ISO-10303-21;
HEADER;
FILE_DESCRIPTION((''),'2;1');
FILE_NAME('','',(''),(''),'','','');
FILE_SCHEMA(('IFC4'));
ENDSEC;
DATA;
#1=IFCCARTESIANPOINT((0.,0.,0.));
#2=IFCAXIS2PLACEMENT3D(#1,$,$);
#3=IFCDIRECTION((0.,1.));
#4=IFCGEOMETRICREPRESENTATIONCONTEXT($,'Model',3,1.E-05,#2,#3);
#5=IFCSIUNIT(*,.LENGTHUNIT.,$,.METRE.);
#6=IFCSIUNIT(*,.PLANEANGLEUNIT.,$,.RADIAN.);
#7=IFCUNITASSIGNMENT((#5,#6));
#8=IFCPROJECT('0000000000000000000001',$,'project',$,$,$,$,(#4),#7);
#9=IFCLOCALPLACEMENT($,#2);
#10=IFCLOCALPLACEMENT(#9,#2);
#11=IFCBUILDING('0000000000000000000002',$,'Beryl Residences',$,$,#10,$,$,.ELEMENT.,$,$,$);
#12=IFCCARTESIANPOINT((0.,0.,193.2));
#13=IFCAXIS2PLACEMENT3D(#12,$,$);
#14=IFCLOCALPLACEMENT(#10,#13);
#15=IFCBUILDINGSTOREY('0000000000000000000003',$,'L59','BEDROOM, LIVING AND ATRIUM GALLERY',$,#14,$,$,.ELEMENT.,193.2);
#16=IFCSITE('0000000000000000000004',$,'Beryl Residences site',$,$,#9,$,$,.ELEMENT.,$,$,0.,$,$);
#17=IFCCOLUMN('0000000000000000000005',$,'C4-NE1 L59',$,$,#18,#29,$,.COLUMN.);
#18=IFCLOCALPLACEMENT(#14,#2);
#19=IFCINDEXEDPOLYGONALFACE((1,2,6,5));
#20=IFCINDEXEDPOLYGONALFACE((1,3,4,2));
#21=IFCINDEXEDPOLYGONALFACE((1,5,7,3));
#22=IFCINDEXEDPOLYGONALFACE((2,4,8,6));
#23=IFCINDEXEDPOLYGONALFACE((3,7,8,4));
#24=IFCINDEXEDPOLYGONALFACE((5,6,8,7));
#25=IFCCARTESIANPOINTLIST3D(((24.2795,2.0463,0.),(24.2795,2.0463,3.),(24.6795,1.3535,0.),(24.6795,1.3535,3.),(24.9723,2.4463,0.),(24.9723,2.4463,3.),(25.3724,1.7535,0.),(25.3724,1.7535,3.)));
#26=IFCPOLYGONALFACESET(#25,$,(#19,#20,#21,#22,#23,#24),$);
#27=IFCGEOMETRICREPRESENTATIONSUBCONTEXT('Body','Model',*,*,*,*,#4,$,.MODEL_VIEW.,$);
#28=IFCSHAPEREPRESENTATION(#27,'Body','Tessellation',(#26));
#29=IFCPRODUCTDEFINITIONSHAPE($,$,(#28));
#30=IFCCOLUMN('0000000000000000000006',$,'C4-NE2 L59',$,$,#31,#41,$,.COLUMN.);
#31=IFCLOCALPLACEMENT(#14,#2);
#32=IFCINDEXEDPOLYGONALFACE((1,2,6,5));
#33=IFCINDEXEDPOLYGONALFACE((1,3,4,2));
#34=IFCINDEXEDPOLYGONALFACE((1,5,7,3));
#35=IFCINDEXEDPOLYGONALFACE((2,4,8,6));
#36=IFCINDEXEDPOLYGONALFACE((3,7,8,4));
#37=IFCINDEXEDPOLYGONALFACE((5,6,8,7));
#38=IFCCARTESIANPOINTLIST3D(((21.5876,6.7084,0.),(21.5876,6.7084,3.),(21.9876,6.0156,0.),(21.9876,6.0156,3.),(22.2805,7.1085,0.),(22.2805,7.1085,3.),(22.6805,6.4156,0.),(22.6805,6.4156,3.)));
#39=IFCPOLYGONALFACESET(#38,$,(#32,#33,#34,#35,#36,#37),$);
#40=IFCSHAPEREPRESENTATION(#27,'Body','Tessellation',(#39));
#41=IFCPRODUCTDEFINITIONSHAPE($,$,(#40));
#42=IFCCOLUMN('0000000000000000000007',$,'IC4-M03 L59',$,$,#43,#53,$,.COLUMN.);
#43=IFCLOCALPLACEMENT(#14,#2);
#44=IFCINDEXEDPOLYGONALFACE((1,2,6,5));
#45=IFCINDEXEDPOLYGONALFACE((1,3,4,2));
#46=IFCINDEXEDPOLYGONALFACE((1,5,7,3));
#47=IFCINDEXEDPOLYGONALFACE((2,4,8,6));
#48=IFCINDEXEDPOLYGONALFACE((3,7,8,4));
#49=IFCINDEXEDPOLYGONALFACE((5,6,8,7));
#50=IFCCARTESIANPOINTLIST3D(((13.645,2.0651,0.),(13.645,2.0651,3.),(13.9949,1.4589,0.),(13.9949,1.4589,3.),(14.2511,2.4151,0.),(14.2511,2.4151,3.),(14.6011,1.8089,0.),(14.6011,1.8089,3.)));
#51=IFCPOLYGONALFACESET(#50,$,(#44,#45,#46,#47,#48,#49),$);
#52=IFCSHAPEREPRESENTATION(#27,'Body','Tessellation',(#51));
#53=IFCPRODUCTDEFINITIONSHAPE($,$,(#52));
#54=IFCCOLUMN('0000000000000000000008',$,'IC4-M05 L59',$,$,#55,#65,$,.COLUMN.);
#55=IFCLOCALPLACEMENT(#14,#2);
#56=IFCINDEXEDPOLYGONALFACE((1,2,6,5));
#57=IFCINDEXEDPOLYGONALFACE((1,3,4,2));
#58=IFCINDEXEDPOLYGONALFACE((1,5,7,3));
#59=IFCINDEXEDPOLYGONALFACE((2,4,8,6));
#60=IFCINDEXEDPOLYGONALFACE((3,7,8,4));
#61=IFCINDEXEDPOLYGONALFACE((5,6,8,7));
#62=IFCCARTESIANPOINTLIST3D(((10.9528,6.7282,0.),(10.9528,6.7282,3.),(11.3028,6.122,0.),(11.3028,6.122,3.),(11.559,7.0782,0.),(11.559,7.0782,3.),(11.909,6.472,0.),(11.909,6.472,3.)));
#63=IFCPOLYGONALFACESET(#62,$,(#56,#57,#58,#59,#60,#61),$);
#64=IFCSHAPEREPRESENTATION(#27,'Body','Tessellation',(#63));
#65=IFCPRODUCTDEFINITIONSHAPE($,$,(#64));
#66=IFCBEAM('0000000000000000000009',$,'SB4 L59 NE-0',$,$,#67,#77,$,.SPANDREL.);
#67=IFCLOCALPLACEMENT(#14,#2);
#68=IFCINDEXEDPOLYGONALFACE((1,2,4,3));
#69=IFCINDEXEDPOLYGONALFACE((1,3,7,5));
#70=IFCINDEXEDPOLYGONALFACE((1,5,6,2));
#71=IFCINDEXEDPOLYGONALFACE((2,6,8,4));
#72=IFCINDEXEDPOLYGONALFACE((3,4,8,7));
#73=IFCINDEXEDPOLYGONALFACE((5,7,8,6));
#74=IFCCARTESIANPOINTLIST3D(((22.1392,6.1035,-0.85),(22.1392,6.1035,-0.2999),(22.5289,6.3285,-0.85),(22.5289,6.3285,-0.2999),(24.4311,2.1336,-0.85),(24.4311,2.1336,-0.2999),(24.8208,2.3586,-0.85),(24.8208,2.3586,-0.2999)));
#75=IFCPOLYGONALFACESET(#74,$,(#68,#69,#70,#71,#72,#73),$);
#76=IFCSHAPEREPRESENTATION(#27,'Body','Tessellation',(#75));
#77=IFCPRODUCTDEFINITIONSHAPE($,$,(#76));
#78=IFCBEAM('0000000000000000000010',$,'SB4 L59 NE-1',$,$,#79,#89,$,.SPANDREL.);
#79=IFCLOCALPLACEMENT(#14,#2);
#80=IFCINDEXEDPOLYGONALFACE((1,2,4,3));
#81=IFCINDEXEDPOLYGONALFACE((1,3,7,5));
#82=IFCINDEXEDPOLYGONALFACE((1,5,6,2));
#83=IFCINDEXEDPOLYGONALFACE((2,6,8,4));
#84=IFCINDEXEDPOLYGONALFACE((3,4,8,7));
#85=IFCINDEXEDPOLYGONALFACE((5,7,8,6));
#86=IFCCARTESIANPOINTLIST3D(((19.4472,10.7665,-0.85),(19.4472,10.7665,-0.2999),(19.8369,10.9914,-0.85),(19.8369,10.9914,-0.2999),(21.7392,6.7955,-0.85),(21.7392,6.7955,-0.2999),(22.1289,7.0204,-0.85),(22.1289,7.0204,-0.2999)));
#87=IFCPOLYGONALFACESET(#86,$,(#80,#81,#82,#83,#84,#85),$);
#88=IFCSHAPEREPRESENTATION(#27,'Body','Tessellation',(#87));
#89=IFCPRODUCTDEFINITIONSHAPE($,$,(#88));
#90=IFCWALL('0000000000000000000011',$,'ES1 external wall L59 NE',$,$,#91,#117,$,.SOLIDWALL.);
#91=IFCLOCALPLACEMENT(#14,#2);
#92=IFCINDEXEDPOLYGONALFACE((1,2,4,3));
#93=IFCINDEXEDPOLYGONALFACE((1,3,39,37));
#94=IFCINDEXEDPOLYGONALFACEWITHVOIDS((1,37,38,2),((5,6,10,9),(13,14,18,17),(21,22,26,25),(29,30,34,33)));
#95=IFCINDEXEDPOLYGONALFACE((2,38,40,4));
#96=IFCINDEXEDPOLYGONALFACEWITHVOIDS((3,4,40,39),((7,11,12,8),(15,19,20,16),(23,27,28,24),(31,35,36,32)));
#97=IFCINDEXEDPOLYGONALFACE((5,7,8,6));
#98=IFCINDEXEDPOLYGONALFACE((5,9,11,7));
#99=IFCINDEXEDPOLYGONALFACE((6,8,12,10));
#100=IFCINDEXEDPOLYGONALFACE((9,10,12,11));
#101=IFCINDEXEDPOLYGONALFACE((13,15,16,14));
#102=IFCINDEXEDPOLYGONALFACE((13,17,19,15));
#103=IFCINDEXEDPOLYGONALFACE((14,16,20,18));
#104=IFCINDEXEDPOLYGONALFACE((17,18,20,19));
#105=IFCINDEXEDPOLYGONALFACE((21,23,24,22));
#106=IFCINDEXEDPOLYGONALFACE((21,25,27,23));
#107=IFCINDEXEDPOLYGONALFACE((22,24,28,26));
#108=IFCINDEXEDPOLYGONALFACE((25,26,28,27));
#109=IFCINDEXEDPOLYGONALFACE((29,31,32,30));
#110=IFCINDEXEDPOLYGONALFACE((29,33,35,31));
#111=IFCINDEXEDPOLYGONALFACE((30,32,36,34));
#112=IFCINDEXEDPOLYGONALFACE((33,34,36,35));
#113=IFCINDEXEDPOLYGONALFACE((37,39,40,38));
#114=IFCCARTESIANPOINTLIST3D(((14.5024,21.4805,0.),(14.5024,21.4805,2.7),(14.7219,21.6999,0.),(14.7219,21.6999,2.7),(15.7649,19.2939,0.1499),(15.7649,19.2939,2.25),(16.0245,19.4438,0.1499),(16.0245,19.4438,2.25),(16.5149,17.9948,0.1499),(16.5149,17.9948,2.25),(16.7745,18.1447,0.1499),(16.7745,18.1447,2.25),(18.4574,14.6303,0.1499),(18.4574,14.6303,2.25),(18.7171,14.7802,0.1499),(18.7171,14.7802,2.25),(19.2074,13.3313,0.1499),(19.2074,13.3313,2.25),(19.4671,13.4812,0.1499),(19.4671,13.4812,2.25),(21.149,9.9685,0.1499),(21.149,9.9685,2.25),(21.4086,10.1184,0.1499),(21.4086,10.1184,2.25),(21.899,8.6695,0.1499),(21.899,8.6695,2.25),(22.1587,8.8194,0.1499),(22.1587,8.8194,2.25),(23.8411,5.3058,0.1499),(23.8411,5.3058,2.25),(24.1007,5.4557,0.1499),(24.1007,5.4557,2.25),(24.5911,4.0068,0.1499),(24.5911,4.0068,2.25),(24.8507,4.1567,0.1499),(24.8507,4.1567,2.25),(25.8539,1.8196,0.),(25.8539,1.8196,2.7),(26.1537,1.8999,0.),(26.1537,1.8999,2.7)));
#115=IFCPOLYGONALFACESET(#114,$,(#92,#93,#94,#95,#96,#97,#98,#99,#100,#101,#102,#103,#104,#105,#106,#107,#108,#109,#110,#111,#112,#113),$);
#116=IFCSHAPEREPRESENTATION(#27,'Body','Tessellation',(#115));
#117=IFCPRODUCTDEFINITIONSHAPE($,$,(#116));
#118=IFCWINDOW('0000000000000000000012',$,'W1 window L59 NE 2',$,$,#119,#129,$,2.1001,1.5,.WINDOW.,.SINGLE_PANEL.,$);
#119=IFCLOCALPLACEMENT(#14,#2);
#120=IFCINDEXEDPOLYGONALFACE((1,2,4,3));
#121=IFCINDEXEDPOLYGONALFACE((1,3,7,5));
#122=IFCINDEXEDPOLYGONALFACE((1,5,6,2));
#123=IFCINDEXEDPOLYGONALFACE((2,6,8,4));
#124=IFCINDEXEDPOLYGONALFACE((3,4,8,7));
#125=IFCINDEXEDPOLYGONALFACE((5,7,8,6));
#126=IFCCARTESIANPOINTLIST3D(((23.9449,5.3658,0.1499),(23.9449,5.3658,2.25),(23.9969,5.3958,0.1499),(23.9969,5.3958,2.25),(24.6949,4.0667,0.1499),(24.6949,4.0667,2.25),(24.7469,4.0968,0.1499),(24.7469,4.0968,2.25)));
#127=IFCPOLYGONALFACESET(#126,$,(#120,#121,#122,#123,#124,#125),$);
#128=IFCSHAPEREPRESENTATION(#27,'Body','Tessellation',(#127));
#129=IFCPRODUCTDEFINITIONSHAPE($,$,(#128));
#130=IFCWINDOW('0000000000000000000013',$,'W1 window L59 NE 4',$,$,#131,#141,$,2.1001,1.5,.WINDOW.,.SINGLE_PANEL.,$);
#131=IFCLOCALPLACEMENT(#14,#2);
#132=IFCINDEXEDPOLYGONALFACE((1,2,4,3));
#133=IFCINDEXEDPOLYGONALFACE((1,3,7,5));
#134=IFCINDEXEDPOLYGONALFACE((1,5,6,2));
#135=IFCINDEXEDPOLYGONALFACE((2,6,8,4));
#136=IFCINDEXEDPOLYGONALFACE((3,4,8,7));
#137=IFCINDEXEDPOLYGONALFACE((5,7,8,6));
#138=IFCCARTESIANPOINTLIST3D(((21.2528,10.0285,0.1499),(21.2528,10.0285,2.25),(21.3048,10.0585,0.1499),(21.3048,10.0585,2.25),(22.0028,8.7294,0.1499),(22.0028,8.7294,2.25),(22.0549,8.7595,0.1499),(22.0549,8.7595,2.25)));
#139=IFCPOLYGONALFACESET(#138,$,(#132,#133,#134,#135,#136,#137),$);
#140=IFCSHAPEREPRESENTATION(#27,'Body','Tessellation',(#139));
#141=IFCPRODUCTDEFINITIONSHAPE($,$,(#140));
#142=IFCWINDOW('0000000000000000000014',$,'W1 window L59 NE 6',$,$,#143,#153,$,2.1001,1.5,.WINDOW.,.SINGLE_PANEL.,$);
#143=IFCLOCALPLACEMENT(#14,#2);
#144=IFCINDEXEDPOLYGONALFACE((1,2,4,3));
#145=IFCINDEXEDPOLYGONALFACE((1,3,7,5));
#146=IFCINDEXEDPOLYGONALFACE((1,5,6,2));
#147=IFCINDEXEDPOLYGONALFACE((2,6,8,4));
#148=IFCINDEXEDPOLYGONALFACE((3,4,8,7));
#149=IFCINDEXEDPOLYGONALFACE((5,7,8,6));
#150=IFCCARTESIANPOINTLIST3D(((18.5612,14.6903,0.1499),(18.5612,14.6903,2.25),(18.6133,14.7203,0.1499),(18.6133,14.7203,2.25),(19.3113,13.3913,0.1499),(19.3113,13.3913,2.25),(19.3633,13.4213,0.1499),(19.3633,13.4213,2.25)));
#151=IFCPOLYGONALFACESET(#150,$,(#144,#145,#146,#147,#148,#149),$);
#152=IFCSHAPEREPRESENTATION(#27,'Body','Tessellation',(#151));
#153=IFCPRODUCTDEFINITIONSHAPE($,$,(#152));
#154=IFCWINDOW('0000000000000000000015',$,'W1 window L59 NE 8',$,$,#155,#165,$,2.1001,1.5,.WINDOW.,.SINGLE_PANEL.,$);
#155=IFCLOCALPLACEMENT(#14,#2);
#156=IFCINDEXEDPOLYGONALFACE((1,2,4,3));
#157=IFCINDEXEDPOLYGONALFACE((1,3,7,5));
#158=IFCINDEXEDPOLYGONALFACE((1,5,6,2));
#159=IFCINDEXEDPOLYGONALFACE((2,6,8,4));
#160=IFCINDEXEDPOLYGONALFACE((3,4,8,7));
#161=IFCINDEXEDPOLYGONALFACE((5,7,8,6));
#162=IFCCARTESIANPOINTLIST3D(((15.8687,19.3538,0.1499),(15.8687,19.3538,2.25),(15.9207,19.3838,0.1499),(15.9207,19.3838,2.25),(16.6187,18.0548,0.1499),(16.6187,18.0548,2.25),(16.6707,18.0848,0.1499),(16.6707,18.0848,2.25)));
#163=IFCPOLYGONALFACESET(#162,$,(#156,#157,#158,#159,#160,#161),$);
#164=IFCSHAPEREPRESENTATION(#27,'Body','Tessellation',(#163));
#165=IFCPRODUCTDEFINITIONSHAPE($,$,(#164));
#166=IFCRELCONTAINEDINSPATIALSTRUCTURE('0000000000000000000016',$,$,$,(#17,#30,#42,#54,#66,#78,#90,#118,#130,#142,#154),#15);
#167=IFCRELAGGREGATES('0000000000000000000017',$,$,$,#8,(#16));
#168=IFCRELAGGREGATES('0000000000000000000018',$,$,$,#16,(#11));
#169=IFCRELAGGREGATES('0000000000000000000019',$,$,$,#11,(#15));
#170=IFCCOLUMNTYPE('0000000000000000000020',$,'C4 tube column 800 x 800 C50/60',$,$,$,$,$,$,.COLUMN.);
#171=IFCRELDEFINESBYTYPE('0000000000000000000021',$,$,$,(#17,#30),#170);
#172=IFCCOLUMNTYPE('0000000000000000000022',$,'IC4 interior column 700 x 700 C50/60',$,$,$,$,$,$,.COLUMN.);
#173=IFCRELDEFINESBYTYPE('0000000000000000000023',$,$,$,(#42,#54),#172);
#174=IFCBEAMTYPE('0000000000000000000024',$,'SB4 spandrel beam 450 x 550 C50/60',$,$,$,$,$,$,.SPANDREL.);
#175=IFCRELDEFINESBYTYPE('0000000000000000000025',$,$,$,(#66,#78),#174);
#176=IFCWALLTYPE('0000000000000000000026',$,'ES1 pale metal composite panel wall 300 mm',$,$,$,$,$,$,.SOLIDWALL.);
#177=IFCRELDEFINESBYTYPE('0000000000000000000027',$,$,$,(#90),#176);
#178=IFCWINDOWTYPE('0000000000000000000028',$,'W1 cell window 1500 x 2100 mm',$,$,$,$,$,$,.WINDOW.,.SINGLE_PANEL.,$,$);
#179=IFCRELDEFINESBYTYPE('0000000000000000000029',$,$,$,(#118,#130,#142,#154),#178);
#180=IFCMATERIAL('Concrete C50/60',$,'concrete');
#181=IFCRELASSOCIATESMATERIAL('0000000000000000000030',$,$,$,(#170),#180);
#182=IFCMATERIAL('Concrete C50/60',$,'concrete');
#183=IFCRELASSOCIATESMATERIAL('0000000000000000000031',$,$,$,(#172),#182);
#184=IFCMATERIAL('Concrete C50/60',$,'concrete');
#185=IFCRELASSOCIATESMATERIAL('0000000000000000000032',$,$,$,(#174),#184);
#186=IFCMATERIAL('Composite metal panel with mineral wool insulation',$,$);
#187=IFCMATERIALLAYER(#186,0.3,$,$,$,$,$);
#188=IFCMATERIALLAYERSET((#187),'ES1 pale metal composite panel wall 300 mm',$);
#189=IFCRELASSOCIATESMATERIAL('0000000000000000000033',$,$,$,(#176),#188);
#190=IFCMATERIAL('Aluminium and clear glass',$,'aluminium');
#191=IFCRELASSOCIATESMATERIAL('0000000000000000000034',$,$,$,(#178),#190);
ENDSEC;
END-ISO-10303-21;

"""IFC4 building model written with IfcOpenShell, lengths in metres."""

from ifc_helpers import new_model, si_unit, direction, frame, frame_2d, origin, origin_2d, place, context, subcontext, project, spatial, polyline, rectangle, outline, extrude, material, layer, layer_set, material_profile, profile_set, type_object, element, fill, save


model = new_model("IFC4")

# Units and contexts
model_context = context("Model", 3, precision=1e-05, world=origin(), true_north=direction((0.0, 1.0)))
body_context = subcontext(model_context, "Body", "Model", "MODEL_VIEW")
ifc_project = project(units=[si_unit("LENGTHUNIT", "METRE"), si_unit("PLANEANGLEUNIT", "RADIAN")], contexts=[model_context])

# Site, building, storey
site_placement = place(None, origin())
site = spatial("IfcSite", under=ifc_project, at=site_placement, Name="Beryl Residences site", CompositionType="ELEMENT", RefElevation=0.0)
building_placement = place(site_placement, origin())
building = spatial("IfcBuilding", under=site, at=building_placement, Name="Beryl Residences", CompositionType="ELEMENT")
storey_placement = place(building_placement, frame((0.0, 0.0, 193.2)))
storey = spatial("IfcBuildingStorey", under=building, at=storey_placement, Name="L59", Description="BEDROOM, LIVING AND ATRIUM GALLERY", CompositionType="ELEMENT", Elevation=193.2)

# Columns
ifc_material_1 = material(Name="Concrete C50/60", Category="concrete")
ifc_material_profile_1 = material_profile(ifc_material_1, rectangle(XDim=0.8, YDim=0.8, at=origin_2d()))
ifc_profile_set_1 = profile_set([ifc_material_profile_1], Name="Concrete C50/60")
column_type_1 = type_object("IfcColumnType", Name="C4 tube column 800 x 800 C50/60", PredefinedType="COLUMN", material=ifc_profile_set_1)
for number, where, z_axis, x_axis, name in (
    (1, (24.8259, 1.8999, 0.0), (0.0, 0.0, 1.0), (-0.5, 0.866025, 0.0), "C4-NE1 L59"),
    (2, (22.134, 6.562, 0.0), (0.0, 0.0, 1.0), (-0.5, 0.866025, 0.0), "C4-NE2 L59"),
):
    element("IfcColumn", number, at=place(storey_placement, frame(where, z_axis=z_axis, x_axis=x_axis)), inside=storey, type_object=column_type_1, Name=name, PredefinedType="COLUMN", context=body_context, shape_type="SweptSolid", body=[
        extrude(rectangle(XDim=0.8, YDim=0.8, at=origin_2d()), origin(), (0.0, 0.0, 1.0), 3.0),
    ])
ifc_material_2 = material(Name="Concrete C50/60", Category="concrete")
ifc_material_profile_2 = material_profile(ifc_material_2, rectangle(XDim=0.7, YDim=0.7, at=origin_2d()))
ifc_profile_set_2 = profile_set([ifc_material_profile_2], Name="Concrete C50/60")
column_type_2 = type_object("IfcColumnType", Name="IC4 interior column 700 x 700 C50/60", PredefinedType="COLUMN", material=ifc_profile_set_2)
for number, where, z_axis, x_axis, name in (
    (3, (14.123, 1.937, 0.0), (0.0, 0.0, 1.0), (-0.5, 0.866025, 0.0), "IC4-M03 L59"),
    (4, (11.4309, 6.6001, 0.0), (0.0, 0.0, 1.0), (-0.5, 0.866025, 0.0), "IC4-M05 L59"),
):
    element("IfcColumn", number, at=place(storey_placement, frame(where, z_axis=z_axis, x_axis=x_axis)), inside=storey, type_object=column_type_2, Name=name, PredefinedType="COLUMN", context=body_context, shape_type="SweptSolid", body=[
        extrude(rectangle(XDim=0.7, YDim=0.7, at=origin_2d()), origin(), (0.0, 0.0, 1.0), 3.0),
    ])

# Beams
ifc_material_3 = material(Name="Concrete C50/60", Category="concrete")
ifc_material_profile_3 = material_profile(ifc_material_3, rectangle(XDim=0.45, YDim=0.55, at=origin_2d()))
ifc_profile_set_3 = profile_set([ifc_material_profile_3], Name="Concrete C50/60")
beam_type = type_object("IfcBeamType", Name="SB4 spandrel beam 450 x 550 C50/60", PredefinedType="SPANDREL", material=ifc_profile_set_3)
beam_1_placement = place(storey_placement, frame((24.626, 2.2461, -0.575), z_axis=(-0.499988, 0.866032, 0.0), x_axis=(-0.866032, -0.499988, 0.0)))
element("IfcBeam", 5, at=beam_1_placement, inside=storey, type_object=beam_type, Name="SB4 L59 NE-0", PredefinedType="SPANDREL", context=body_context, shape_type="SweptSolid", body=[
    extrude(rectangle(XDim=0.45, YDim=0.55, at=origin_2d()), origin(), (0.0, 0.0, 1.0), 4.584),
])
beam_2_placement = place(storey_placement, frame((21.9341, 6.908, -0.575), z_axis=(-0.499896, 0.866085, 0.0), x_axis=(-0.866085, -0.499896, 0.0)))
element("IfcBeam", 6, at=beam_2_placement, inside=storey, type_object=beam_type, Name="SB4 L59 NE-1", PredefinedType="SPANDREL", context=body_context, shape_type="SweptSolid", body=[
    extrude(rectangle(XDim=0.45, YDim=0.55, at=origin_2d()), origin(), (0.0, 0.0, 1.0), 4.585),
])

# Wall, openings, windows
ifc_material_4 = material(Name="Composite metal panel with mineral wool insulation")
ifc_layer_1 = layer(ifc_material_4, 0.3)
ifc_layer_set_1 = layer_set([ifc_layer_1], Name="ES1 pale metal composite panel wall 300 mm")
wall_type_1 = type_object("IfcWallType", Name="ES1 pale metal composite panel wall 300 mm", PredefinedType="SOLIDWALL", material=ifc_layer_set_1)
wall_1_placement = place(storey_placement, frame((26.0239, 1.825, 0.0), z_axis=(0.0, 0.0, 1.0), x_axis=(-0.500011, 0.866019, 0.0)))
wall_1 = element("IfcWall", 7, at=wall_1_placement, inside=storey, type_object=wall_type_1, Name="ES1 external wall L59 NE", PredefinedType="SOLIDWALL", context=body_context, shape_type="SweptSolid", body=[
    extrude(outline(polyline([(0.0, -0.1499), (22.8633, -0.1499), (22.783, 0.1499), (0.0803, 0.1499), (0.0, -0.1499)])), origin(), (0.0, 0.0, 1.0), 2.7),
])
opening_1_placement = place(wall_1_placement, frame((2.606, 0.0, 0.1499)))
opening_1 = element("IfcOpeningElement", 8, at=opening_1_placement, cuts=wall_1, PredefinedType="OPENING", context=body_context, shape_type="SweptSolid", body=[
    extrude(rectangle(XDim=1.5, YDim=2.1001, at=frame_2d((0.75, 1.05))), frame((0.0, 0.1599, 0.0), z_axis=(0.0, -1.0, 0.0), x_axis=(1.0, 0.0, 0.0)), (0.0, 0.0, 1.0), 0.3201),
])
opening_2_placement = place(wall_1_placement, frame((7.99, 0.0, 0.1499)))
opening_2 = element("IfcOpeningElement", 9, at=opening_2_placement, cuts=wall_1, PredefinedType="OPENING", context=body_context, shape_type="SweptSolid", body=[
    extrude(rectangle(XDim=1.5, YDim=2.1001, at=frame_2d((0.75, 1.05))), frame((0.0, 0.1599, 0.0), z_axis=(0.0, -1.0, 0.0), x_axis=(1.0, 0.0, 0.0)), (0.0, 0.0, 1.0), 0.3201),
])
opening_3_placement = place(wall_1_placement, frame((13.373, 0.0, 0.1499)))
opening_3 = element("IfcOpeningElement", 10, at=opening_3_placement, cuts=wall_1, PredefinedType="OPENING", context=body_context, shape_type="SweptSolid", body=[
    extrude(rectangle(XDim=1.5, YDim=2.1001, at=frame_2d((0.75, 1.05))), frame((0.0, 0.1599, 0.0), z_axis=(0.0, -1.0, 0.0), x_axis=(1.0, 0.0, 0.0)), (0.0, 0.0, 1.0), 0.3201),
])
opening_4_placement = place(wall_1_placement, frame((18.7581, 0.0, 0.1499)))
opening_4 = element("IfcOpeningElement", 11, at=opening_4_placement, cuts=wall_1, PredefinedType="OPENING", context=body_context, shape_type="SweptSolid", body=[
    extrude(rectangle(XDim=1.5, YDim=2.1001, at=frame_2d((0.75, 1.05))), frame((0.0, 0.1599, 0.0), z_axis=(0.0, -1.0, 0.0), x_axis=(1.0, 0.0, 0.0)), (0.0, 0.0, 1.0), 0.3201),
])
ifc_material_5 = material(Name="Aluminium and clear glass", Category="aluminium")
window_type = type_object("IfcWindowType", Name="W1 cell window 1500 x 2100 mm", PartitioningType="SINGLE_PANEL", PredefinedType="WINDOW", material=ifc_material_5)
window_1_placement = place(opening_1_placement, origin())
window_1 = element("IfcWindow", 12, at=window_1_placement, inside=storey, type_object=window_type, Name="W1 window L59 NE 2", OverallHeight=2.1001, OverallWidth=1.5, PartitioningType="SINGLE_PANEL", PredefinedType="WINDOW", context=body_context, shape_type="SweptSolid", body=[
    extrude(rectangle(XDim=1.5, YDim=2.1001, at=frame_2d((0.75, 1.05))), frame((0.0, 0.03, 0.0), z_axis=(0.0, -1.0, 0.0), x_axis=(1.0, 0.0, 0.0)), (0.0, 0.0, 1.0), 0.0601),
])
fill(opening_1, window_1)
window_2_placement = place(opening_2_placement, origin())
window_2 = element("IfcWindow", 13, at=window_2_placement, inside=storey, type_object=window_type, Name="W1 window L59 NE 4", OverallHeight=2.1001, OverallWidth=1.5, PartitioningType="SINGLE_PANEL", PredefinedType="WINDOW", context=body_context, shape_type="SweptSolid", body=[
    extrude(rectangle(XDim=1.5, YDim=2.1001, at=frame_2d((0.75, 1.05))), frame((0.0, 0.03, 0.0), z_axis=(0.0, -1.0, 0.0), x_axis=(1.0, 0.0, 0.0)), (0.0, 0.0, 1.0), 0.0601),
])
fill(opening_2, window_2)
window_3_placement = place(opening_3_placement, origin())
window_3 = element("IfcWindow", 14, at=window_3_placement, inside=storey, type_object=window_type, Name="W1 window L59 NE 6", OverallHeight=2.1001, OverallWidth=1.5, PartitioningType="SINGLE_PANEL", PredefinedType="WINDOW", context=body_context, shape_type="SweptSolid", body=[
    extrude(rectangle(XDim=1.5, YDim=2.1001, at=frame_2d((0.75, 1.05))), frame((0.0, 0.03, 0.0), z_axis=(0.0, -1.0, 0.0), x_axis=(1.0, 0.0, 0.0)), (0.0, 0.0, 1.0), 0.0601),
])
fill(opening_3, window_3)
window_4_placement = place(opening_4_placement, origin())
window_4 = element("IfcWindow", 15, at=window_4_placement, inside=storey, type_object=window_type, Name="W1 window L59 NE 8", OverallHeight=2.1001, OverallWidth=1.5, PartitioningType="SINGLE_PANEL", PredefinedType="WINDOW", context=body_context, shape_type="SweptSolid", body=[
    extrude(rectangle(XDim=1.5, YDim=2.1001, at=frame_2d((0.75, 1.05))), frame((0.0, 0.03, 0.0), z_axis=(0.0, -1.0, 0.0), x_axis=(1.0, 0.0, 0.0)), (0.0, 0.0, 1.0), 0.0601),
])
fill(opening_4, window_4)

save(model, "model.ifc")
